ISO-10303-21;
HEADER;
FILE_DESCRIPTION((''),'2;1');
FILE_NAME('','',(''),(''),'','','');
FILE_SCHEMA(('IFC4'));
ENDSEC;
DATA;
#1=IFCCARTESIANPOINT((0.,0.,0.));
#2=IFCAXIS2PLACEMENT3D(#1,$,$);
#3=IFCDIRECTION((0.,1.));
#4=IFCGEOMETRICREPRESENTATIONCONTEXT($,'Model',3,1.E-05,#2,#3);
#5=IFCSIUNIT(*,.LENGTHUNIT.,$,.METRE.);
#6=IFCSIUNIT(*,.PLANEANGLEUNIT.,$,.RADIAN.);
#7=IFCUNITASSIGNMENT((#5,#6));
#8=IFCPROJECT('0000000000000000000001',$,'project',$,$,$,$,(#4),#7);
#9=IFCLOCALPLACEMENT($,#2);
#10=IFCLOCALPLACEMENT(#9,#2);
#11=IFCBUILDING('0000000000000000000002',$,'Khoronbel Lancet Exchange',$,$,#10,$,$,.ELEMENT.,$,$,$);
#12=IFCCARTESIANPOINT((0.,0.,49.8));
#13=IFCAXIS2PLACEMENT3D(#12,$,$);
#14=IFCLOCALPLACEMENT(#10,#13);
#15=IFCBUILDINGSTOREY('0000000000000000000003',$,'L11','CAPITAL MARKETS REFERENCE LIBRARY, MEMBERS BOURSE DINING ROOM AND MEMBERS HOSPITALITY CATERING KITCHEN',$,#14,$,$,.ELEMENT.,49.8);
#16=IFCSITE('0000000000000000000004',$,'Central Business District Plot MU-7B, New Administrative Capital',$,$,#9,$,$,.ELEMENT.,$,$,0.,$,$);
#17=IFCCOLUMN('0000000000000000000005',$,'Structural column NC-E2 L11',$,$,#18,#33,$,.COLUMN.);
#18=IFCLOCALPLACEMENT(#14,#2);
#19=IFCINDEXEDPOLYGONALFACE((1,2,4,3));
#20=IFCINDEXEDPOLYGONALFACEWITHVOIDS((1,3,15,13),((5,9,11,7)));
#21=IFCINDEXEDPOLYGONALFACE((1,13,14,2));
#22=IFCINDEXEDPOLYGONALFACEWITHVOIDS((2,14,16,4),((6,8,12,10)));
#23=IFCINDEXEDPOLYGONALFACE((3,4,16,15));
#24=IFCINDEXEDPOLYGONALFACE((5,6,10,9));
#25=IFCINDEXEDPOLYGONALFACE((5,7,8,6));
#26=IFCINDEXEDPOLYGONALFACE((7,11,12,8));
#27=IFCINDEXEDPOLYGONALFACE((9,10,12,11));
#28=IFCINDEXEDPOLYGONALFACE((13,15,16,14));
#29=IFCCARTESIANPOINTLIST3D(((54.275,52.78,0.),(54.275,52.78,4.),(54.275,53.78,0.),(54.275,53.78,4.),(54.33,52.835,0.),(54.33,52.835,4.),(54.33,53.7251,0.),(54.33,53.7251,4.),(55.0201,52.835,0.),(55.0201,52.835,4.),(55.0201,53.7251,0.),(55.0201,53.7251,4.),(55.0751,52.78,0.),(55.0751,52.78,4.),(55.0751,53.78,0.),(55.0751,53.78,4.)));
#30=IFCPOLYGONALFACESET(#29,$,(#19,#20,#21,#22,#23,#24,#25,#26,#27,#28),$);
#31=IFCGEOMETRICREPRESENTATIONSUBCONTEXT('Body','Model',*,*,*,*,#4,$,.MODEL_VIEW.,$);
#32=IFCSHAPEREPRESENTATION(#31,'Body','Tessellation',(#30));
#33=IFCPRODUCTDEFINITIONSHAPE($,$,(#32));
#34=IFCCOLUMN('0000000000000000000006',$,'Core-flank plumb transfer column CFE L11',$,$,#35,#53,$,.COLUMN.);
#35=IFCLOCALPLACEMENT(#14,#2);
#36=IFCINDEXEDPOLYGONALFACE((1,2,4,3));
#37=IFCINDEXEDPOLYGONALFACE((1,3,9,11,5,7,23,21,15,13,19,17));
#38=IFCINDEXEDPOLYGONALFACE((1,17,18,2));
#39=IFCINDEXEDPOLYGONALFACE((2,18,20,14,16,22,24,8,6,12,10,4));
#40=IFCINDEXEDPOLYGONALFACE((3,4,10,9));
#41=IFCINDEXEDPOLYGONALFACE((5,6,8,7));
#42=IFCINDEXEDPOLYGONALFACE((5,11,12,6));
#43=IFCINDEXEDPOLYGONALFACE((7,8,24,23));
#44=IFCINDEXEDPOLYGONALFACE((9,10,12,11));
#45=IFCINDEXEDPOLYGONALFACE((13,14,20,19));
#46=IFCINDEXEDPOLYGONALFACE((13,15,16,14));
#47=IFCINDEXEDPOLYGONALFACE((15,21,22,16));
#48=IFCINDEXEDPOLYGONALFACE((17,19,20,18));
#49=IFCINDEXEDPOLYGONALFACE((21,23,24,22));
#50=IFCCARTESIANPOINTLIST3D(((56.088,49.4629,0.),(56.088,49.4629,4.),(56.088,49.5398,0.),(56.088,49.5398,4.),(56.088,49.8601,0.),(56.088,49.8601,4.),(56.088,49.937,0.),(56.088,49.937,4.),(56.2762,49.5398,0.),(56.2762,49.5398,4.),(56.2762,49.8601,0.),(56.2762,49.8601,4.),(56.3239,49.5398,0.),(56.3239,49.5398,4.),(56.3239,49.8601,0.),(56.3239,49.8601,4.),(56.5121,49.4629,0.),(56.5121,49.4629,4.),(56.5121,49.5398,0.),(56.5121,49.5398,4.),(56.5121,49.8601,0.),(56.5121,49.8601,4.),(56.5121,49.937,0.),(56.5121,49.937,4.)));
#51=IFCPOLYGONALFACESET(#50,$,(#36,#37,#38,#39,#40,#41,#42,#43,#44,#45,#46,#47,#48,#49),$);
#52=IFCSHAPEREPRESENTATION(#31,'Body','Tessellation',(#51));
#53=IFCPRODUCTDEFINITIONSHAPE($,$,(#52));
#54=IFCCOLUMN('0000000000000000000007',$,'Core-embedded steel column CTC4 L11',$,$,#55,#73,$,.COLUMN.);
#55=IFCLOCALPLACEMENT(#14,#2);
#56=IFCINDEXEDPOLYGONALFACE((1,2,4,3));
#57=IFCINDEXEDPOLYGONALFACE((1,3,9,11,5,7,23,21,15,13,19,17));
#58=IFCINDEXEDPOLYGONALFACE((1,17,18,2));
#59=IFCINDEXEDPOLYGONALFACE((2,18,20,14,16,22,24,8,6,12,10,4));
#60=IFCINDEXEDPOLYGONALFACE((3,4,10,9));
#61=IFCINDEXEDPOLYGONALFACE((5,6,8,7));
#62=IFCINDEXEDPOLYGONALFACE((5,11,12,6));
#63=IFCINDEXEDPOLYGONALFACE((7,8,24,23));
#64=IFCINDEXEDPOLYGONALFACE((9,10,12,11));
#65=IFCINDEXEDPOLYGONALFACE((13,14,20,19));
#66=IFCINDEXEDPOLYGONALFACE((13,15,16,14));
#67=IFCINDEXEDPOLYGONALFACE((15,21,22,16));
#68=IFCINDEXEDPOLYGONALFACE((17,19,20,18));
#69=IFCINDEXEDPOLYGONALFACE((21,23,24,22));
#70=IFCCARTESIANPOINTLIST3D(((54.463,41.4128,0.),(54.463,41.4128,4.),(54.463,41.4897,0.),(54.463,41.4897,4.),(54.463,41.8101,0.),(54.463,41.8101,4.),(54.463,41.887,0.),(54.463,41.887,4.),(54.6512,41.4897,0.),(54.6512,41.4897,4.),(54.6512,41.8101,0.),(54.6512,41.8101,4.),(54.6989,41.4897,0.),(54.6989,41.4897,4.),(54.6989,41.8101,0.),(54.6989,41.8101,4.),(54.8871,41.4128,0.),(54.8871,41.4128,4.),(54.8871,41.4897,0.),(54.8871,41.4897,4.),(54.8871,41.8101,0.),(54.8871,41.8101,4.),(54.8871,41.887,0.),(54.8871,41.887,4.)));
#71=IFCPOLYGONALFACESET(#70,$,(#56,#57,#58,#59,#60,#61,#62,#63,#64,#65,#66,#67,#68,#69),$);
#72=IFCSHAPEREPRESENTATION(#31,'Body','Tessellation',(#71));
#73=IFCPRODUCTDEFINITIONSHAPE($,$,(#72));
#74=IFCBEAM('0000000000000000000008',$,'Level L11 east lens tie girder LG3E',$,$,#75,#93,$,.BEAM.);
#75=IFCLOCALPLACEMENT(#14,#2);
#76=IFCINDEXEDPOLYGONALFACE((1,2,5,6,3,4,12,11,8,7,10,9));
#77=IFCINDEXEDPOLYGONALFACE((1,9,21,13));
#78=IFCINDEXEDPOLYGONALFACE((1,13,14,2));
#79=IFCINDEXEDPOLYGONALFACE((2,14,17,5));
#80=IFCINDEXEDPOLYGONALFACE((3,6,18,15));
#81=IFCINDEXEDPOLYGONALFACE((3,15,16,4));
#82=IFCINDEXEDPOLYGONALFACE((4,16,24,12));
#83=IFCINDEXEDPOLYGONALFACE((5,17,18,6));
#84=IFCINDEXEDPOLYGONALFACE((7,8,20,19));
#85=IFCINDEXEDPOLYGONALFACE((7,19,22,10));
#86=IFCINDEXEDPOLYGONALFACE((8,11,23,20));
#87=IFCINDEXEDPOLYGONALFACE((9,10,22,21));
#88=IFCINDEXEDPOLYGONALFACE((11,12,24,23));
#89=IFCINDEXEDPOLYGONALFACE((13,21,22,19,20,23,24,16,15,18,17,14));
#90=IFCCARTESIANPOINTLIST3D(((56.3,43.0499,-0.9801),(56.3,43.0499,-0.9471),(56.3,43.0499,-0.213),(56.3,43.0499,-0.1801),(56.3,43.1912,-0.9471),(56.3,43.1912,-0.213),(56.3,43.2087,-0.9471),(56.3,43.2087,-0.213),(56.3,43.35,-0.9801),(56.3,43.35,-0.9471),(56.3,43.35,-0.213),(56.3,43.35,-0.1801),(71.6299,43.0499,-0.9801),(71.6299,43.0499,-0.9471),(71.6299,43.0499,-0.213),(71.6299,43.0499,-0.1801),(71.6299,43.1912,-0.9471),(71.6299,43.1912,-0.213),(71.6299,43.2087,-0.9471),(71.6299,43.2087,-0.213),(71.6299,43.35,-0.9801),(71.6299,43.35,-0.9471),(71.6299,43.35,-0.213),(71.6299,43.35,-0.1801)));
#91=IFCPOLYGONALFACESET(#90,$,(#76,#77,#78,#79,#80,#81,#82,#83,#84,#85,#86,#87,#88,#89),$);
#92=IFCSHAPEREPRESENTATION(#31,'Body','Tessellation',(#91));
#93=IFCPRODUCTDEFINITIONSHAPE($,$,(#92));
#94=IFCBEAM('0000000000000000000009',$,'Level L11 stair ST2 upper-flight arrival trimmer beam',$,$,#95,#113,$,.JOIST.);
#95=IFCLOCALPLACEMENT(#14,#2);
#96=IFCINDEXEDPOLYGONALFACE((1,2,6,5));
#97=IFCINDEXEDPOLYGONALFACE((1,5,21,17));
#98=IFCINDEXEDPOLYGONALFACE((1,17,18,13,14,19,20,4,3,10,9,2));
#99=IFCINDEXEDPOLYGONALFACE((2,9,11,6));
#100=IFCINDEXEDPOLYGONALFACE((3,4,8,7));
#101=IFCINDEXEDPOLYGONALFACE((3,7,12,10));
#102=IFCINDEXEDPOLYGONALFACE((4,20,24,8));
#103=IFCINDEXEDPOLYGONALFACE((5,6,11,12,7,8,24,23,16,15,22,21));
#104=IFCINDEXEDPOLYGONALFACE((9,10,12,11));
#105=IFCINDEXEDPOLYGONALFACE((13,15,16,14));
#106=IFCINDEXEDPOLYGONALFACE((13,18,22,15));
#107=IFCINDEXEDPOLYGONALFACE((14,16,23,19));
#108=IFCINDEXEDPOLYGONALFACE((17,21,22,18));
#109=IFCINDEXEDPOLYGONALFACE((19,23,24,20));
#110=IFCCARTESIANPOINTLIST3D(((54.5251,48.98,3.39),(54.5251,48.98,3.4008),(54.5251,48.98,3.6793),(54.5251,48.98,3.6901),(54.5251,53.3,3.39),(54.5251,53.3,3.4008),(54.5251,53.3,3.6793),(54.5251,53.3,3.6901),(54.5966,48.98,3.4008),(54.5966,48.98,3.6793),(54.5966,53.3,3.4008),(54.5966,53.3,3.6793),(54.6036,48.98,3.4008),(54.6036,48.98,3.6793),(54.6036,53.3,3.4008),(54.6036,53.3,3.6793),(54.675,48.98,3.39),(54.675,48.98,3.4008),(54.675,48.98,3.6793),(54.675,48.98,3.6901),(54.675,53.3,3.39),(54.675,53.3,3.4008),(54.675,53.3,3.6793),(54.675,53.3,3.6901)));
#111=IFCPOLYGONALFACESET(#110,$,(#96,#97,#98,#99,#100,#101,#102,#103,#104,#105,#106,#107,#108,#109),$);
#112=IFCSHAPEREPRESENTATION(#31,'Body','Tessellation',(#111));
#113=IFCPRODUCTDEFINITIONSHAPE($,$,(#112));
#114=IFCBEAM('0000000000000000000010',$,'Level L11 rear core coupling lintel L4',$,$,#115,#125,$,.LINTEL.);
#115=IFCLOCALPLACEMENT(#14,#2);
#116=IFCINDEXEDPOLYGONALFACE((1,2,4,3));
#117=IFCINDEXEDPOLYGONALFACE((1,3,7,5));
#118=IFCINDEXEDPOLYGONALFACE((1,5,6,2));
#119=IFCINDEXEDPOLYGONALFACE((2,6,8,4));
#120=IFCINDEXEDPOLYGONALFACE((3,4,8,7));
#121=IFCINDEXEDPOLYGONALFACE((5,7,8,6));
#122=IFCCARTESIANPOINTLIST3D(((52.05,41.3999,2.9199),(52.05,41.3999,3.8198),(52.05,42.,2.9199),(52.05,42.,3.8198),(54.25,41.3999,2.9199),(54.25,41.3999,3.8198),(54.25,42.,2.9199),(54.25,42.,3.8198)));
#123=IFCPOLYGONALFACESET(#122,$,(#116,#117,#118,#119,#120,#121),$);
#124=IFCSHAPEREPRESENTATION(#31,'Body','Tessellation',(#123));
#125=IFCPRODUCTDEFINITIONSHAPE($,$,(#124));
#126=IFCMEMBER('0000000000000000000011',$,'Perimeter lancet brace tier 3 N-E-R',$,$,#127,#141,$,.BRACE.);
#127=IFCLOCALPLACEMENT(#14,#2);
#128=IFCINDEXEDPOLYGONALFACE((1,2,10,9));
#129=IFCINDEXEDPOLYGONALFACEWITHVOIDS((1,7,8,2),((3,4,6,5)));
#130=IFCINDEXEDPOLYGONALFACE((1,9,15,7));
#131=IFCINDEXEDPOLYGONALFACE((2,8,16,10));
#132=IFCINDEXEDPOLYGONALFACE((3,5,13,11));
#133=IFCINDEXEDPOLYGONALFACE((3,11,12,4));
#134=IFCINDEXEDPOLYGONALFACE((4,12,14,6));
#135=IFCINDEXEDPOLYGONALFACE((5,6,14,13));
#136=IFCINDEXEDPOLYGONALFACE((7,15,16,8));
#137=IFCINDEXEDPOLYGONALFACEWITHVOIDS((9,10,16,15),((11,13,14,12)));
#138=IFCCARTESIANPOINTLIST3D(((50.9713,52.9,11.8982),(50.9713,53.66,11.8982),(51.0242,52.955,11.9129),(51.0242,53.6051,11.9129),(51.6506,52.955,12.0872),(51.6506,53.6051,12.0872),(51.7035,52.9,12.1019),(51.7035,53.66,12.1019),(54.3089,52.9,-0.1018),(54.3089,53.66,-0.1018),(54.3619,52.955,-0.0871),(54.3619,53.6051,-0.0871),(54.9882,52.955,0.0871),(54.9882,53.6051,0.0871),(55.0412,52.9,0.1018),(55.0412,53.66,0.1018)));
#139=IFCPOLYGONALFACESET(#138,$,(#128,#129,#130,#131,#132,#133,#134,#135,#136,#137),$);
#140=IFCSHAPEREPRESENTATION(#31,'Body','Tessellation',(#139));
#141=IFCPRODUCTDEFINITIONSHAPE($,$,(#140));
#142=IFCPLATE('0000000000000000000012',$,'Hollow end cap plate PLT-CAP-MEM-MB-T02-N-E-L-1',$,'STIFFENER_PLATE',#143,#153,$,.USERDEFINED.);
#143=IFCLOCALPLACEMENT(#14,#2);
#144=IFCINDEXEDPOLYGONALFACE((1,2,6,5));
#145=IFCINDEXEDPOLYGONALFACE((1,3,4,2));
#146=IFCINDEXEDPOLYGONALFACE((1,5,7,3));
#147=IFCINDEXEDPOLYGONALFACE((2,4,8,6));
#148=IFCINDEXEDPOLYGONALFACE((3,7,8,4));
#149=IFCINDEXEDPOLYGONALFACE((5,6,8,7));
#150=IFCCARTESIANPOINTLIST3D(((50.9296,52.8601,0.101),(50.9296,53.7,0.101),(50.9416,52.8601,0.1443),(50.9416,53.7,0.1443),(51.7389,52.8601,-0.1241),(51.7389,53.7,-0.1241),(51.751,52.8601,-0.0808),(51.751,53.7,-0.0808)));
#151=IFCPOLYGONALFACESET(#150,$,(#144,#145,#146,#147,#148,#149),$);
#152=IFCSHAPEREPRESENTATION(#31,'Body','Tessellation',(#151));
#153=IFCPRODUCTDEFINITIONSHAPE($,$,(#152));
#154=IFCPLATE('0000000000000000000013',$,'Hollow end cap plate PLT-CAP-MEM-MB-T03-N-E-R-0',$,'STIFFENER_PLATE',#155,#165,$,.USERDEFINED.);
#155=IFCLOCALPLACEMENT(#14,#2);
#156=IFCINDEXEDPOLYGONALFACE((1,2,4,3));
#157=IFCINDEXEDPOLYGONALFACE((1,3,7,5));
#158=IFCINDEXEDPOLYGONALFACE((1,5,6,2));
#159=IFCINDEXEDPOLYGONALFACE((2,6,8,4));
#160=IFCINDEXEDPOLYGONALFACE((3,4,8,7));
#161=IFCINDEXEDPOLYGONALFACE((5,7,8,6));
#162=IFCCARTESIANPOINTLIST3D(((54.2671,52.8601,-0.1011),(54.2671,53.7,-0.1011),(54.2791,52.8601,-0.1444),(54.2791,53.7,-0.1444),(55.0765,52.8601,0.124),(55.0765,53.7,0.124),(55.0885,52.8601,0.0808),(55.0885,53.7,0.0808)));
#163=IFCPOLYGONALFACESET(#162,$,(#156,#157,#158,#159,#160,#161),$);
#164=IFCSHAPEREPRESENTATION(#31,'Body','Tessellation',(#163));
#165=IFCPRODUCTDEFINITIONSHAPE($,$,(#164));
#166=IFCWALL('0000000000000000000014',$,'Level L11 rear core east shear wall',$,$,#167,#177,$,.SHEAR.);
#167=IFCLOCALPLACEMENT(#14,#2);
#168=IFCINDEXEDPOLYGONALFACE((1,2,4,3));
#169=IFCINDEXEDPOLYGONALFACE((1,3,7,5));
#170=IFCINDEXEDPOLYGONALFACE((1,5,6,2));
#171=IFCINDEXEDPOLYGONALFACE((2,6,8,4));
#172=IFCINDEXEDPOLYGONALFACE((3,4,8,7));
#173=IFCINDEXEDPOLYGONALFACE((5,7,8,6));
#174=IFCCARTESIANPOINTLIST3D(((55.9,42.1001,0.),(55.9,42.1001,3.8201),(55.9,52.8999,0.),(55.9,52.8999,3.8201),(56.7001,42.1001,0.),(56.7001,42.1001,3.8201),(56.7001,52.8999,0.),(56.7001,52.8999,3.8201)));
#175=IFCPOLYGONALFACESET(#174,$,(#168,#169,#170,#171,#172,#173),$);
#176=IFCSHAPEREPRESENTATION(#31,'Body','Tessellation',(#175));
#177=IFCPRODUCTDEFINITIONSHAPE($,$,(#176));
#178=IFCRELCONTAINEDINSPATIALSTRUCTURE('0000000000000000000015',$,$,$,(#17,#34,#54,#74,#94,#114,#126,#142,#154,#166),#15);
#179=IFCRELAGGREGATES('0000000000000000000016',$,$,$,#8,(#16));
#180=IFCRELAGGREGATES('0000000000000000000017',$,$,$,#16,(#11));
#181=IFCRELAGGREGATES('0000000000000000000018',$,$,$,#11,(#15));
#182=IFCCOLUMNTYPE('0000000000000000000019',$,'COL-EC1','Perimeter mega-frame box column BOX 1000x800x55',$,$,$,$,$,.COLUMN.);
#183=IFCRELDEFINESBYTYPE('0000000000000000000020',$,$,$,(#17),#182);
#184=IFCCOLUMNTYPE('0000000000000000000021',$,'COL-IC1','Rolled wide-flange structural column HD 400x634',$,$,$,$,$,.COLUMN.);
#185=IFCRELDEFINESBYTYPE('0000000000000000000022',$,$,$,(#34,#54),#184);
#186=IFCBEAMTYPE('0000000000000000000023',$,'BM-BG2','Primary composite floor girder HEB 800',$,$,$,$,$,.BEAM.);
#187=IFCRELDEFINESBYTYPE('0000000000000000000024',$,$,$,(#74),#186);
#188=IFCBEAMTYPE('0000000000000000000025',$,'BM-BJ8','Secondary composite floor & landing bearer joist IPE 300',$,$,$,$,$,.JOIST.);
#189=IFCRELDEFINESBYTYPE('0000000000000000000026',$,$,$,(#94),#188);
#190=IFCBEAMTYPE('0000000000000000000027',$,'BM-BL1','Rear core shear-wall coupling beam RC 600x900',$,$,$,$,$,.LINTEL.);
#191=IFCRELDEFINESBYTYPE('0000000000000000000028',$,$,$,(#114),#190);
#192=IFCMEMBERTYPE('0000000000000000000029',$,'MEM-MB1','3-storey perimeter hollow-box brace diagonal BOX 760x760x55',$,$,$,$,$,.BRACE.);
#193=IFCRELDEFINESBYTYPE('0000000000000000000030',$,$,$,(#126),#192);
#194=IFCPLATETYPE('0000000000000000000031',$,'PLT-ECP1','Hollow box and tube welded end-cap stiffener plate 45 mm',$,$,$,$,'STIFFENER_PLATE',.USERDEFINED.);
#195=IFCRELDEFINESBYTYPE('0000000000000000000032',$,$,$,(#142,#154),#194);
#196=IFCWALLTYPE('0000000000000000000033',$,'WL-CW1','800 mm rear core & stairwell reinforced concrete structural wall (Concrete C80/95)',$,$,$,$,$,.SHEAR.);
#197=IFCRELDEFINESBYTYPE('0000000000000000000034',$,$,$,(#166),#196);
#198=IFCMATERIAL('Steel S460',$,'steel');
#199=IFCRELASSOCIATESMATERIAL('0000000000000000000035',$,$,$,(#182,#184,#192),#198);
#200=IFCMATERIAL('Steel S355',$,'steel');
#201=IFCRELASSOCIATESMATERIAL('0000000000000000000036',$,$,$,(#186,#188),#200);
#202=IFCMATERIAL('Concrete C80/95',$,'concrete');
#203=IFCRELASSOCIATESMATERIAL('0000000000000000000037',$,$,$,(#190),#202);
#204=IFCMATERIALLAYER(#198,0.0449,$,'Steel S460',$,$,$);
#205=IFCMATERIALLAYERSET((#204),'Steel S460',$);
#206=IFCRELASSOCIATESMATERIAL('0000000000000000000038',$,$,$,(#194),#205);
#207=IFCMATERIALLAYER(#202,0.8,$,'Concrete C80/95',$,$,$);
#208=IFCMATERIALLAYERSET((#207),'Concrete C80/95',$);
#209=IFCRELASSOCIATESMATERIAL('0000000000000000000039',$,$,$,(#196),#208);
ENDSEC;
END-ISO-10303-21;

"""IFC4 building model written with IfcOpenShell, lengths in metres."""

from ifc_helpers import new_model, si_unit, direction, frame, frame_2d, origin, origin_2d, place, context, subcontext, project, spatial, polyline, rectangle, hollow_rectangle, i_section, outline, extrude, material, layer, layer_set, material_profile, profile_set, type_object, element, save


model = new_model("IFC4")

# Units and contexts
model_context = context("Model", 3, precision=1e-05, world=origin(), true_north=direction((0.0, 1.0)))
body_context = subcontext(model_context, "Body", "Model", "MODEL_VIEW")
ifc_project = project(units=[si_unit("LENGTHUNIT", "METRE"), si_unit("PLANEANGLEUNIT", "RADIAN")], contexts=[model_context])

# Site, building, storey
site_placement = place(None, origin())
site = spatial("IfcSite", under=ifc_project, at=site_placement, Name="Central Business District Plot MU-7B, New Administrative Capital", CompositionType="ELEMENT", RefElevation=0.0)
building_placement = place(site_placement, origin())
building = spatial("IfcBuilding", under=site, at=building_placement, Name="Khoronbel Lancet Exchange", CompositionType="ELEMENT")
storey_placement = place(building_placement, frame((0.0, 0.0, 49.8)))
storey = spatial("IfcBuildingStorey", under=building, at=storey_placement, Name="L11", Description="CAPITAL MARKETS REFERENCE LIBRARY, MEMBERS BOURSE DINING ROOM AND MEMBERS HOSPITALITY CATERING KITCHEN", CompositionType="ELEMENT", Elevation=49.8)

# Columns
ifc_material_1 = material(Name="Steel S460", Category="steel")
ifc_material_profile_1 = material_profile(ifc_material_1, hollow_rectangle(XDim=0.8, YDim=1.0, WallThickness=0.0549, at=origin_2d()), Name="BOX 1000x800x55")
ifc_profile_set_1 = profile_set([ifc_material_profile_1], Name="Steel S460")
column_type_1 = type_object("IfcColumnType", Name="COL-EC1", Description="Perimeter mega-frame box column BOX 1000x800x55", PredefinedType="COLUMN", material=ifc_profile_set_1)
column_placement = place(storey_placement, frame((54.675, 53.28, 0.0), z_axis=(0.0, 0.0, 1.0), x_axis=(1.0, 0.0, 0.0)))
element("IfcColumn", 1, at=column_placement, inside=storey, type_object=column_type_1, Name="Structural column NC-E2 L11", PredefinedType="COLUMN", context=body_context, shape_type="SweptSolid", body=[
    extrude(hollow_rectangle(XDim=0.8, YDim=1.0, WallThickness=0.0549, at=origin_2d()), origin(), (0.0, 0.0, 1.0), 4.0),
])
ifc_material_profile_2 = material_profile(ifc_material_1, i_section(OverallWidth=0.4241, OverallDepth=0.4741, WebThickness=0.0476, FlangeThickness=0.0769, at=origin_2d()), Name="HD 400x634")
ifc_profile_set_2 = profile_set([ifc_material_profile_2], Name="Steel S460")
column_type_2 = type_object("IfcColumnType", Name="COL-IC1", Description="Rolled wide-flange structural column HD 400x634", PredefinedType="COLUMN", material=ifc_profile_set_2)
for number, where, z_axis, x_axis, name in (
    (2, (56.3, 49.7, 0.0), (0.0, 0.0, 1.0), (1.0, 0.0, 0.0), "Core-flank plumb transfer column CFE L11"),
    (3, (54.675, 41.6499, 0.0), (0.0, 0.0, 1.0), (1.0, 0.0, 0.0), "Core-embedded steel column CTC4 L11"),
):
    element("IfcColumn", number, at=place(storey_placement, frame(where, z_axis=z_axis, x_axis=x_axis)), inside=storey, type_object=column_type_2, Name=name, PredefinedType="COLUMN", context=body_context, shape_type="SweptSolid", body=[
        extrude(i_section(OverallWidth=0.4241, OverallDepth=0.4741, WebThickness=0.0476, FlangeThickness=0.0769, at=origin_2d()), origin(), (0.0, 0.0, 1.0), 4.0),
    ])

# Beams
ifc_material_2 = material(Name="Steel S355", Category="steel")
ifc_material_profile_3 = material_profile(ifc_material_2, i_section(OverallWidth=0.3, OverallDepth=0.8, WebThickness=0.0176, FlangeThickness=0.033, at=origin_2d()), Name="HEB 800")
ifc_profile_set_3 = profile_set([ifc_material_profile_3], Name="Steel S355")
beam_type_1 = type_object("IfcBeamType", Name="BM-BG2", Description="Primary composite floor girder HEB 800", PredefinedType="BEAM", material=ifc_profile_set_3)
beam_1_placement = place(storey_placement, frame((56.3, 43.2, -0.5801), z_axis=(1.0, 0.0, 0.0), x_axis=(0.0, 1.0, 0.0)))
element("IfcBeam", 4, at=beam_1_placement, inside=storey, type_object=beam_type_1, Name="Level L11 east lens tie girder LG3E", PredefinedType="BEAM", context=body_context, shape_type="SweptSolid", body=[
    extrude(i_section(OverallWidth=0.3, OverallDepth=0.8, WebThickness=0.0176, FlangeThickness=0.033, at=origin_2d()), origin(), (0.0, 0.0, 1.0), 15.3298),
])
ifc_material_profile_4 = material_profile(ifc_material_2, i_section(OverallWidth=0.1499, OverallDepth=0.3, WebThickness=0.0071, FlangeThickness=0.0107, at=origin_2d()), Name="IPE 300")
ifc_profile_set_4 = profile_set([ifc_material_profile_4], Name="Steel S355")
beam_type_2 = type_object("IfcBeamType", Name="BM-BJ8", Description="Secondary composite floor & landing bearer joist IPE 300", PredefinedType="JOIST", material=ifc_profile_set_4)
beam_2_placement = place(storey_placement, frame((54.6001, 48.98, 3.54), z_axis=(0.0, 1.0, 0.0), x_axis=(-1.0, 0.0, 0.0)))
element("IfcBeam", 5, at=beam_2_placement, inside=storey, type_object=beam_type_2, Name="Level L11 stair ST2 upper-flight arrival trimmer beam", PredefinedType="JOIST", context=body_context, shape_type="SweptSolid", body=[
    extrude(i_section(OverallWidth=0.1499, OverallDepth=0.3, WebThickness=0.0071, FlangeThickness=0.0107, at=origin_2d()), origin(), (0.0, 0.0, 1.0), 4.3201),
])
ifc_material_3 = material(Name="Concrete C80/95", Category="concrete")
ifc_material_profile_5 = material_profile(ifc_material_3, rectangle(XDim=0.6001, YDim=0.8999, at=origin_2d()), Name="RC 600x900")
ifc_profile_set_5 = profile_set([ifc_material_profile_5], Name="Concrete C80/95")
beam_type_3 = type_object("IfcBeamType", Name="BM-BL1", Description="Rear core shear-wall coupling beam RC 600x900", PredefinedType="LINTEL", material=ifc_profile_set_5)
beam_3_placement = place(storey_placement, frame((52.05, 41.7, 3.3699), z_axis=(1.0, 0.0, 0.0), x_axis=(0.0, 1.0, 0.0)))
element("IfcBeam", 6, at=beam_3_placement, inside=storey, type_object=beam_type_3, Name="Level L11 rear core coupling lintel L4", PredefinedType="LINTEL", context=body_context, shape_type="SweptSolid", body=[
    extrude(rectangle(XDim=0.6001, YDim=0.8999, at=origin_2d()), origin(), (0.0, 0.0, 1.0), 2.2),
])

# Member
ifc_material_profile_6 = material_profile(ifc_material_1, hollow_rectangle(XDim=0.76, YDim=0.76, WallThickness=0.0549, at=origin_2d()), Name="BOX 760x760x55")
ifc_profile_set_6 = profile_set([ifc_material_profile_6], Name="Steel S460")
member_type = type_object("IfcMemberType", Name="MEM-MB1", Description="3-storey perimeter hollow-box brace diagonal BOX 760x760x55", PredefinedType="BRACE", material=ifc_profile_set_6)
member_placement = place(storey_placement, frame((54.675, 53.28, 0.0), z_axis=(-0.267965, 0.0, 0.963429), x_axis=(0.0, -1.0, 0.0)))
element("IfcMember", 7, at=member_placement, inside=storey, type_object=member_type, Name="Perimeter lancet brace tier 3 N-E-R", PredefinedType="BRACE", context=body_context, shape_type="SweptSolid", body=[
    extrude(hollow_rectangle(XDim=0.76, YDim=0.76, WallThickness=0.0549, at=origin_2d()), origin(), (0.0, 0.0, 1.0), 12.4556),
])

# Plates
ifc_layer_1 = layer(ifc_material_1, 0.0449, Name="Steel S460")
ifc_layer_set_1 = layer_set([ifc_layer_1], Name="Steel S460")
plate_type = type_object("IfcPlateType", Name="PLT-ECP1", Description="Hollow box and tube welded end-cap stiffener plate 45 mm", ElementType="STIFFENER_PLATE", PredefinedType="USERDEFINED", material=ifc_layer_set_1)
for number, where, z_axis, x_axis, name in (
    (8, (51.751, 52.8601, -0.0808), (0.267959, 0.0, 0.96343), (0.0, 1.0, 0.0), "Hollow end cap plate PLT-CAP-MEM-MB-T02-N-E-L-1"),
    (9, (54.2671, 53.7, -0.1011), (-0.267959, 0.0, 0.96343), (0.0, -1.0, 0.0), "Hollow end cap plate PLT-CAP-MEM-MB-T03-N-E-R-0"),
):
    element("IfcPlate", number, at=place(storey_placement, frame(where, z_axis=z_axis, x_axis=x_axis)), inside=storey, type_object=plate_type, Name=name, ObjectType="STIFFENER_PLATE", PredefinedType="USERDEFINED", context=body_context, shape_type="SweptSolid", body=[
        extrude(outline(polyline([(0.0, 0.0), (0.8398, 0.0), (0.8398, 0.8401), (0.0, 0.8401), (0.0, 0.0)])), origin(), (0.0, 0.0, -1.0), 0.0449),
    ])

# Wall
ifc_layer_2 = layer(ifc_material_3, 0.8, Name="Concrete C80/95")
ifc_layer_set_2 = layer_set([ifc_layer_2], Name="Concrete C80/95")
wall_type_1 = type_object("IfcWallType", Name="WL-CW1", Description="800 mm rear core & stairwell reinforced concrete structural wall (Concrete C80/95)", PredefinedType="SHEAR", material=ifc_layer_set_2)
wall_1_placement = place(storey_placement, frame((56.3, 52.8999, 0.0), z_axis=(0.0, 0.0, 1.0), x_axis=(0.0, -1.0, 0.0)))
element("IfcWall", 10, at=wall_1_placement, inside=storey, type_object=wall_type_1, Name="Level L11 rear core east shear wall", PredefinedType="SHEAR", context=body_context, shape_type="SweptSolid", body=[
    extrude(rectangle(XDim=10.7998, YDim=0.8, at=frame_2d((5.3999, 0.0))), origin(), (0.0, 0.0, 1.0), 3.8201),
])

save(model, "model.ifc")
